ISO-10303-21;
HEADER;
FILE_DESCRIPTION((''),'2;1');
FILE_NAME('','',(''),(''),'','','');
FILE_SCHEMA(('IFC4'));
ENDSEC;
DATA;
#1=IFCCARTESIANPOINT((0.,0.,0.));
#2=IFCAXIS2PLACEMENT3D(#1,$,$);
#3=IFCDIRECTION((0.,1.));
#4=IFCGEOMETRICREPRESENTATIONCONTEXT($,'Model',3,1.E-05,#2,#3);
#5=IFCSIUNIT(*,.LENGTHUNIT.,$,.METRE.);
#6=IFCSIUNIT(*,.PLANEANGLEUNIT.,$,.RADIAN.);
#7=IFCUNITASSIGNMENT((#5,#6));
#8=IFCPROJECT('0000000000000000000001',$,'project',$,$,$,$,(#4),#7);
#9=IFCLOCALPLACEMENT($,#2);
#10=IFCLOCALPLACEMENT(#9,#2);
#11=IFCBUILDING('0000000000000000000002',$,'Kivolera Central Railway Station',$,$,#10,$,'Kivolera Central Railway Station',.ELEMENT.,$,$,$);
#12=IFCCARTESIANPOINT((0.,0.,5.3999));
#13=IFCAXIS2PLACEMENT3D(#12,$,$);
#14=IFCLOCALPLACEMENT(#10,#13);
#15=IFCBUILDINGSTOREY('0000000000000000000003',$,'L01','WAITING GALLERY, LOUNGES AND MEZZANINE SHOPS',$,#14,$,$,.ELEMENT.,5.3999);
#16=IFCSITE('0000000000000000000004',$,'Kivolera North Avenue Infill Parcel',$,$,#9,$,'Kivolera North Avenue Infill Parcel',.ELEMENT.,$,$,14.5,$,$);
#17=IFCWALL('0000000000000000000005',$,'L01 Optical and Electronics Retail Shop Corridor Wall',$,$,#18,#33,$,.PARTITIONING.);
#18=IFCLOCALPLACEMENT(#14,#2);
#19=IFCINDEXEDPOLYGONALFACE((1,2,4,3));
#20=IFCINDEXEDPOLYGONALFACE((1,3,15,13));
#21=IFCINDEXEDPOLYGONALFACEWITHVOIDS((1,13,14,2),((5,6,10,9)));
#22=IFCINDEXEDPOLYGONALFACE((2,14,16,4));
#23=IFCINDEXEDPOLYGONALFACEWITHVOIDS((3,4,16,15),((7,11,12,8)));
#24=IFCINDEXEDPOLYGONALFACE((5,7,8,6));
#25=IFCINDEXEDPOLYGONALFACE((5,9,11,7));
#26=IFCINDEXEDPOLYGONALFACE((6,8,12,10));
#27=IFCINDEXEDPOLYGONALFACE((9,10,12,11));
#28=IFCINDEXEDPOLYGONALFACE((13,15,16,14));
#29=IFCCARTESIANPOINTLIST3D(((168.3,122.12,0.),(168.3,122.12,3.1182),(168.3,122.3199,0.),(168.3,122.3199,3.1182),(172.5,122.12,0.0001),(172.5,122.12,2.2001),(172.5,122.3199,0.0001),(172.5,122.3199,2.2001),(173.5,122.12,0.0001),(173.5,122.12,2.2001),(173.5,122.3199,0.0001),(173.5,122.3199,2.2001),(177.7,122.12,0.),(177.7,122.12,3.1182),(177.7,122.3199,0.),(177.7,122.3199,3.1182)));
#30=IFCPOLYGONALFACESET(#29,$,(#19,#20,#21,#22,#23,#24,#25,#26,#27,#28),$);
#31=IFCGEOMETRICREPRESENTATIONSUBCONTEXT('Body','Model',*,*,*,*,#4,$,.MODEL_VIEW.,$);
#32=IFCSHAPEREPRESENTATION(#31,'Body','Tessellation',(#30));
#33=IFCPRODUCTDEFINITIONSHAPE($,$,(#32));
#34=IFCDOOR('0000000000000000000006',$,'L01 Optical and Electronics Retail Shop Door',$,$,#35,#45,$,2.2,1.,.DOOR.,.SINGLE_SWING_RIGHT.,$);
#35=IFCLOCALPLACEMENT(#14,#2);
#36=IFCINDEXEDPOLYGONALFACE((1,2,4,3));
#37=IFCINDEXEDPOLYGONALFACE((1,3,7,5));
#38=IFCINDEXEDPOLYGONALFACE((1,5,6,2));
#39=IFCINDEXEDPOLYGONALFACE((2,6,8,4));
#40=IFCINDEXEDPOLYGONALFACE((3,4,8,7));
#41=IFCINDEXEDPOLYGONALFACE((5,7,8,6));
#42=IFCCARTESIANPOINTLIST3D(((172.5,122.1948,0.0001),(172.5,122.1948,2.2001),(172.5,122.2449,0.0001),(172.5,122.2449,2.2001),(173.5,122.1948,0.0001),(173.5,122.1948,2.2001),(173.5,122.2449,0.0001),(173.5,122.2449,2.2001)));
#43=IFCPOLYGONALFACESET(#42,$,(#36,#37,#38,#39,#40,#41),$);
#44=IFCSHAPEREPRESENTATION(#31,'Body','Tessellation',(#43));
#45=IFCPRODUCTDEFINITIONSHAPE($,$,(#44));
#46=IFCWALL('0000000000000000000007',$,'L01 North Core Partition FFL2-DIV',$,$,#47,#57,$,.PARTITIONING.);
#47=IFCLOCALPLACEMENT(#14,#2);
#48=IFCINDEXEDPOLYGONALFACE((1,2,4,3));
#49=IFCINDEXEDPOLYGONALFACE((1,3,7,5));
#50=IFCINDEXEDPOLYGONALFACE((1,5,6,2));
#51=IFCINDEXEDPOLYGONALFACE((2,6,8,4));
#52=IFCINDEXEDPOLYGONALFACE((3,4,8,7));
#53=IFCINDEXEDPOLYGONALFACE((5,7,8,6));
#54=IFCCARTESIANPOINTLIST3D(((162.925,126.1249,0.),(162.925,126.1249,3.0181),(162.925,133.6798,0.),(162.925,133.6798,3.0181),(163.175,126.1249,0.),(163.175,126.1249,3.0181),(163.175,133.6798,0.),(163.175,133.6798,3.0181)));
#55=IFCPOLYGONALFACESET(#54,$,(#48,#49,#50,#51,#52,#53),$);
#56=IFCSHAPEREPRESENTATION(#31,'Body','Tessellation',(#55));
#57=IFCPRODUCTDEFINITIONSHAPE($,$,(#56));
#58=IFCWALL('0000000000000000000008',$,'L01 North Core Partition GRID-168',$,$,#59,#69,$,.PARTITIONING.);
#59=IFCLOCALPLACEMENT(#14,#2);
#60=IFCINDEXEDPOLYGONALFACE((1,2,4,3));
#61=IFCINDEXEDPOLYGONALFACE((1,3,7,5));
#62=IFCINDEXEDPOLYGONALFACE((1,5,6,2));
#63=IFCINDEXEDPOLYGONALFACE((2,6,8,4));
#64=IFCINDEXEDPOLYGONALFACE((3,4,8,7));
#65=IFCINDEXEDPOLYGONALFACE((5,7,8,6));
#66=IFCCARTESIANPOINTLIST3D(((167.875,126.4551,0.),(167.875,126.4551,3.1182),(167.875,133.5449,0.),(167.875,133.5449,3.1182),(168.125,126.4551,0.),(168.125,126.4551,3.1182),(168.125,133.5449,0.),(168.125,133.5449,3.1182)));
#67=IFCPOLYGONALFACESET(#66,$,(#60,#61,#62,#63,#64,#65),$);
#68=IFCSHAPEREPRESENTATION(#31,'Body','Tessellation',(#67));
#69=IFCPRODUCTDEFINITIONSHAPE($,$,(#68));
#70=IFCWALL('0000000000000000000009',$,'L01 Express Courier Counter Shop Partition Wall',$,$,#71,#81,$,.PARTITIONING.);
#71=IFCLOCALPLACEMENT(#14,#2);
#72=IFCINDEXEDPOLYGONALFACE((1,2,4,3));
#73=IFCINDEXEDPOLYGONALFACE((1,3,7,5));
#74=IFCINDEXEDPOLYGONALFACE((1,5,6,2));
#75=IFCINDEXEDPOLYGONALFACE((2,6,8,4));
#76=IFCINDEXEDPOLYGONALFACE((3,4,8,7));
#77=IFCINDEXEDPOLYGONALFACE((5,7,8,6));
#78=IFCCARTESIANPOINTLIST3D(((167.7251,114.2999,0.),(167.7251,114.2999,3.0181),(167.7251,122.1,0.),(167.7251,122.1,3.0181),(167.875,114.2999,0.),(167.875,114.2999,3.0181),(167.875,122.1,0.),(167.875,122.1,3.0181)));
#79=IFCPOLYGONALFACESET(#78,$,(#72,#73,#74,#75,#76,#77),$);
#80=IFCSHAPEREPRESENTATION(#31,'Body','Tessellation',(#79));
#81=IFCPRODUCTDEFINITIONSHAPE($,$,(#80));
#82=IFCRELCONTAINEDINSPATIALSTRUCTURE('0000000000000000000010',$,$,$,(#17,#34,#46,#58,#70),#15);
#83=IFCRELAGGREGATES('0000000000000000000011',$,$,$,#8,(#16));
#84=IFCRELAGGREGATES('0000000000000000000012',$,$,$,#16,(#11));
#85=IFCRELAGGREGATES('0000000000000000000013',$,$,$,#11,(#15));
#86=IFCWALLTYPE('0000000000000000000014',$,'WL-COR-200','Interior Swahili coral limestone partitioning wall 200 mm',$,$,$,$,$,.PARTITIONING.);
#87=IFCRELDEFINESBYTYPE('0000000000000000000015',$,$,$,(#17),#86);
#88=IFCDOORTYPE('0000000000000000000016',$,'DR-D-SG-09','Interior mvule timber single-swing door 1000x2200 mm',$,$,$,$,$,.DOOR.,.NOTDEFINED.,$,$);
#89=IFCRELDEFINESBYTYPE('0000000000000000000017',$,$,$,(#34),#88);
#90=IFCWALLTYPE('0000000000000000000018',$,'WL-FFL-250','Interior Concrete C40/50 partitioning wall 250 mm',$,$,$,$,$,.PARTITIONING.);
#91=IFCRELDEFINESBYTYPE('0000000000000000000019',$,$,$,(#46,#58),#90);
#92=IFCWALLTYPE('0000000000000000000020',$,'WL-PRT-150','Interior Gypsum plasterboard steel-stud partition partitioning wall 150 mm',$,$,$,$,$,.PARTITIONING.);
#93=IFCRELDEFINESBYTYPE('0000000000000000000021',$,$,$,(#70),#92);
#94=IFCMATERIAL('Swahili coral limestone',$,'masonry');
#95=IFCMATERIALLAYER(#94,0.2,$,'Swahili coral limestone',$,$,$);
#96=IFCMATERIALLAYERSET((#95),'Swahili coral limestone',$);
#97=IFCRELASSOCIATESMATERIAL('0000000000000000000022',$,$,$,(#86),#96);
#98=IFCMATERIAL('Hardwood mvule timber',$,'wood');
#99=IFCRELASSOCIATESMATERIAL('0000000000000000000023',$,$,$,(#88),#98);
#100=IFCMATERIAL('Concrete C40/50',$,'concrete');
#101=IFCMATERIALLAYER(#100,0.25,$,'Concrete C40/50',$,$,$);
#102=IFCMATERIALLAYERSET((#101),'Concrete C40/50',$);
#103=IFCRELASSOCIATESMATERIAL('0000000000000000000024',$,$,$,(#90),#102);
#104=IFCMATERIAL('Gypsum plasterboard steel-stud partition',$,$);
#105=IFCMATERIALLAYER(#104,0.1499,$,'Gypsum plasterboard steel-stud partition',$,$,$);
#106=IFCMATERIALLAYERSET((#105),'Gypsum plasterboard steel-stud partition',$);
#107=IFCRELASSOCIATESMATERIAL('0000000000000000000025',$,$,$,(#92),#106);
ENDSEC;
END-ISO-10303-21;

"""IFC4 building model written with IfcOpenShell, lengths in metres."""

from ifc_helpers import new_model, si_unit, direction, frame, frame_2d, origin, place, context, subcontext, project, spatial, rectangle, extrude, material, layer, layer_set, type_object, element, fill, save


model = new_model("IFC4")

# Units and contexts
model_context = context("Model", 3, precision=1e-05, world=origin(), true_north=direction((0.0, 1.0)))
body_context = subcontext(model_context, "Body", "Model", "MODEL_VIEW")
ifc_project = project(units=[si_unit("LENGTHUNIT", "METRE"), si_unit("PLANEANGLEUNIT", "RADIAN")], contexts=[model_context])

# Site, building, storey
site_placement = place(None, origin())
site = spatial("IfcSite", under=ifc_project, at=site_placement, Name="Kivolera North Avenue Infill Parcel", LongName="Kivolera North Avenue Infill Parcel", CompositionType="ELEMENT", RefElevation=14.5)
building_placement = place(site_placement, origin())
building = spatial("IfcBuilding", under=site, at=building_placement, Name="Kivolera Central Railway Station", LongName="Kivolera Central Railway Station", CompositionType="ELEMENT")
storey_placement = place(building_placement, frame((0.0, 0.0, 5.3999)))
storey = spatial("IfcBuildingStorey", under=building, at=storey_placement, Name="L01", Description="WAITING GALLERY, LOUNGES AND MEZZANINE SHOPS", CompositionType="ELEMENT", Elevation=5.3999)

# Shared definitions
ifc_material_1 = material(Name="Concrete C40/50", Category="concrete")

# Wall, opening, door
ifc_material_2 = material(Name="Swahili coral limestone", Category="masonry")
ifc_layer_1 = layer(ifc_material_2, 0.2, Name="Swahili coral limestone")
ifc_layer_set_1 = layer_set([ifc_layer_1], Name="Swahili coral limestone")
wall_type_1 = type_object("IfcWallType", Name="WL-COR-200", Description="Interior Swahili coral limestone partitioning wall 200 mm", PredefinedType="PARTITIONING", material=ifc_layer_set_1)
ifc_material_3 = material(Name="Hardwood mvule timber", Category="wood")
wall_1_placement = place(storey_placement, frame((168.3, 122.22, 0.0), z_axis=(0.0, 0.0, 1.0), x_axis=(1.0, 0.0, 0.0)))
wall_1 = element("IfcWall", 1, at=wall_1_placement, inside=storey, type_object=wall_type_1, Name="L01 Optical and Electronics Retail Shop Corridor Wall", PredefinedType="PARTITIONING", context=body_context, shape_type="SweptSolid", body=[
    extrude(rectangle(XDim=9.3999, YDim=0.2, at=frame_2d((4.7, 0.0))), origin(), (0.0, 0.0, 1.0), 3.1182),
])
opening_1_placement = place(wall_1_placement, frame((4.2, 0.0, 0.0)))
opening_1 = element("IfcOpeningElement", 2, at=opening_1_placement, cuts=wall_1, PredefinedType="OPENING", context=body_context, shape_type="SweptSolid", body=[
    extrude(rectangle(XDim=1.0, YDim=2.2, at=frame_2d((0.5, 1.1001))), frame((0.0, 0.1099, 0.0), z_axis=(0.0, -1.0, 0.0), x_axis=(1.0, 0.0, 0.0)), (0.0, 0.0, 1.0), 0.22),
])
door_type_1 = type_object("IfcDoorType", Name="DR-D-SG-09", Description="Interior mvule timber single-swing door 1000x2200 mm", OperationType="NOTDEFINED", PredefinedType="DOOR", material=ifc_material_3)
door_1_placement = place(opening_1_placement, origin())
door_1 = element("IfcDoor", 3, at=door_1_placement, inside=storey, type_object=door_type_1, Name="L01 Optical and Electronics Retail Shop Door", OperationType="SINGLE_SWING_RIGHT", OverallHeight=2.2, OverallWidth=1.0, PredefinedType="DOOR", context=body_context, shape_type="SweptSolid", body=[
    extrude(rectangle(XDim=1.0, YDim=2.2, at=frame_2d((0.5, 1.1001))), frame((0.0, 0.0249, 0.0), z_axis=(0.0, -1.0, 0.0), x_axis=(1.0, 0.0, 0.0)), (0.0, 0.0, 1.0), 0.05),
])
fill(opening_1, door_1)

# Shared definitions
ifc_layer_2 = layer(ifc_material_1, 0.25, Name="Concrete C40/50")
ifc_layer_set_2 = layer_set([ifc_layer_2], Name="Concrete C40/50")
wall_type_2 = type_object("IfcWallType", Name="WL-FFL-250", Description="Interior Concrete C40/50 partitioning wall 250 mm", PredefinedType="PARTITIONING", material=ifc_layer_set_2)

# Walls
wall_2_placement = place(storey_placement, frame((163.05, 126.125, 0.0), z_axis=(0.0, 0.0, 1.0), x_axis=(0.0, 1.0, 0.0)))
element("IfcWall", 4, at=wall_2_placement, inside=storey, type_object=wall_type_2, Name="L01 North Core Partition FFL2-DIV", PredefinedType="PARTITIONING", context=body_context, shape_type="SweptSolid", body=[
    extrude(rectangle(XDim=7.5549, YDim=0.25, at=frame_2d((3.7773, 0.0))), origin(), (0.0, 0.0, 1.0), 3.0181),
])
wall_3_placement = place(storey_placement, frame((168.0, 126.4551, 0.0), z_axis=(0.0, 0.0, 1.0), x_axis=(0.0, 1.0, 0.0)))
element("IfcWall", 5, at=wall_3_placement, inside=storey, type_object=wall_type_2, Name="L01 North Core Partition GRID-168", PredefinedType="PARTITIONING", context=body_context, shape_type="SweptSolid", body=[
    extrude(rectangle(XDim=7.0898, YDim=0.25, at=frame_2d((3.5449, 0.0))), origin(), (0.0, 0.0, 1.0), 3.1182),
])
ifc_material_4 = material(Name="Gypsum plasterboard steel-stud partition")
ifc_layer_3 = layer(ifc_material_4, 0.1499, Name="Gypsum plasterboard steel-stud partition")
ifc_layer_set_3 = layer_set([ifc_layer_3], Name="Gypsum plasterboard steel-stud partition")
wall_type_3 = type_object("IfcWallType", Name="WL-PRT-150", Description="Interior Gypsum plasterboard steel-stud partition partitioning wall 150 mm", PredefinedType="PARTITIONING", material=ifc_layer_set_3)
wall_4_placement = place(storey_placement, frame((167.8, 114.3, 0.0), z_axis=(0.0, 0.0, 1.0), x_axis=(0.0, 1.0, 0.0)))
element("IfcWall", 6, at=wall_4_placement, inside=storey, type_object=wall_type_3, Name="L01 Express Courier Counter Shop Partition Wall", PredefinedType="PARTITIONING", context=body_context, shape_type="SweptSolid", body=[
    extrude(rectangle(XDim=7.8, YDim=0.1499, at=frame_2d((3.8999, 0.0))), origin(), (0.0, 0.0, 1.0), 3.0181),
])

save(model, "model.ifc")
